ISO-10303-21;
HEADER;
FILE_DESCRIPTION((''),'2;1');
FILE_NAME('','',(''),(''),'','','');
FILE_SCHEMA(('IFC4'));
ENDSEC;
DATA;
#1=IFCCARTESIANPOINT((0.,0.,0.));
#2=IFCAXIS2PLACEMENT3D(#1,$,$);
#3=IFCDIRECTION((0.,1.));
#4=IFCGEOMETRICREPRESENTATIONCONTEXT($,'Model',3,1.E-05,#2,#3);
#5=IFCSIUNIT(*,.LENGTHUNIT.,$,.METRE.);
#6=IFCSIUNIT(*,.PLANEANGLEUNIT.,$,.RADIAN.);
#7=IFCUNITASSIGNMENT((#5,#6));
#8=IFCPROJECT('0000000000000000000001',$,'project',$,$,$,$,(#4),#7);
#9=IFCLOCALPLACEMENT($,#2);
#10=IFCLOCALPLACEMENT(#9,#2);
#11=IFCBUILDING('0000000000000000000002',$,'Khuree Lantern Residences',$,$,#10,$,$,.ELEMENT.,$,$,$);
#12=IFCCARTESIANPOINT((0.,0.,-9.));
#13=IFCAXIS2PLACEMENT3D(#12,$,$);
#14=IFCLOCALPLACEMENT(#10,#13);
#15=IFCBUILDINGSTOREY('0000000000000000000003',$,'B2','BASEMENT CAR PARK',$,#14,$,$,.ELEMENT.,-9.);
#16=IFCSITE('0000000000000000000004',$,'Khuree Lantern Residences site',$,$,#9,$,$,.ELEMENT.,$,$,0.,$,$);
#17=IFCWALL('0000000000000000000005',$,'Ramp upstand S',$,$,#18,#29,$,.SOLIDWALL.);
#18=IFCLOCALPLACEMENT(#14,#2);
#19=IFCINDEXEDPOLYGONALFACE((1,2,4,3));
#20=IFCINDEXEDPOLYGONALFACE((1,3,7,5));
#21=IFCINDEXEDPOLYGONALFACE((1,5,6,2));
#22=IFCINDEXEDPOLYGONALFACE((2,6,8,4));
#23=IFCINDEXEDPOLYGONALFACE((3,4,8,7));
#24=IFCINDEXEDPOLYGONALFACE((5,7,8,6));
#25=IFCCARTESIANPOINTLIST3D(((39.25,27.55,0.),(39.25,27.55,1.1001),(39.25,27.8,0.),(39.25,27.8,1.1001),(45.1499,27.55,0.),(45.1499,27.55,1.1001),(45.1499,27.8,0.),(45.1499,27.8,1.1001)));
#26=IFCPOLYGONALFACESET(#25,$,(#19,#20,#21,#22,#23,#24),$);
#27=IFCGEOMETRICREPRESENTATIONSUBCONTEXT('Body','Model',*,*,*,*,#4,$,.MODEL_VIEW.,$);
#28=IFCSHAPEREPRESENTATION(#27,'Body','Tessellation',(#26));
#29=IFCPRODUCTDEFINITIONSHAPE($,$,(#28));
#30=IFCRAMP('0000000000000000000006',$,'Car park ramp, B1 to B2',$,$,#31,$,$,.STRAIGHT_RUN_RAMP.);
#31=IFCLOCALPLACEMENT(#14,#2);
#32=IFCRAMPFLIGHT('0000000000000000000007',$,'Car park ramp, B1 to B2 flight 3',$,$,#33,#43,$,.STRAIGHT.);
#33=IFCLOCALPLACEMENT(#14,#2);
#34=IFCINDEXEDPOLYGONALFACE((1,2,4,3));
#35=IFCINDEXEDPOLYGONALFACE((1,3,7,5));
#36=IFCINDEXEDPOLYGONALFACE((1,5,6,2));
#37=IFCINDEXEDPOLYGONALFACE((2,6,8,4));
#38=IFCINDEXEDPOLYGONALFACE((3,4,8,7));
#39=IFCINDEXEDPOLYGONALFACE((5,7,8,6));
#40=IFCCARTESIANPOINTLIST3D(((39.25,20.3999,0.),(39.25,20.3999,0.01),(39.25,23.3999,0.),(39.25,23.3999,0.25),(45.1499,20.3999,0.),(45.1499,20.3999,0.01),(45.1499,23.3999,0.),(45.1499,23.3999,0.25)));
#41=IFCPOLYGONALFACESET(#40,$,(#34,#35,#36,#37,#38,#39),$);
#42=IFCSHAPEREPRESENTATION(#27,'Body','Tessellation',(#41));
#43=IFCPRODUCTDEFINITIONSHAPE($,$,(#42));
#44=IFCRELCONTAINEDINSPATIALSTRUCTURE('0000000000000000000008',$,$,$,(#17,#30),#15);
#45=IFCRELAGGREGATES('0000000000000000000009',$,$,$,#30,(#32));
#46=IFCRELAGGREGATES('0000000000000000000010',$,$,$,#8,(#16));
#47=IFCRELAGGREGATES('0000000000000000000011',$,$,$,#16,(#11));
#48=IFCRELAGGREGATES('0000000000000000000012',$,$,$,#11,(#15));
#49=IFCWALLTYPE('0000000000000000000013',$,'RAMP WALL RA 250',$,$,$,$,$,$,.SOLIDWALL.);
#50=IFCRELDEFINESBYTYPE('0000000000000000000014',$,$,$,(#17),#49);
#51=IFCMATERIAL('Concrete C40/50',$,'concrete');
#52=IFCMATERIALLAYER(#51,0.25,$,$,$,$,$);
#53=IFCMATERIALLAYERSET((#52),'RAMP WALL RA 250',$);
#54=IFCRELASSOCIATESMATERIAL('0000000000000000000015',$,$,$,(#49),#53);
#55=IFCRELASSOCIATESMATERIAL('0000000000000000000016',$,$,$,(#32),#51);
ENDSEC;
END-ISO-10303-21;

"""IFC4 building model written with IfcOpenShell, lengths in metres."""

from ifc_helpers import new_model, si_unit, direction, frame, frame_2d, origin, place, context, subcontext, project, spatial, polyline, rectangle, outline, extrude, material, layer, layer_set, type_object, element, aggregate, save


model = new_model("IFC4")

# Units and contexts
model_context = context("Model", 3, precision=1e-05, world=origin(), true_north=direction((0.0, 1.0)))
body_context = subcontext(model_context, "Body", "Model", "MODEL_VIEW")
ifc_project = project(units=[si_unit("LENGTHUNIT", "METRE"), si_unit("PLANEANGLEUNIT", "RADIAN")], contexts=[model_context])

# Site, building, storey
site_placement = place(None, origin())
site = spatial("IfcSite", under=ifc_project, at=site_placement, Name="Khuree Lantern Residences site", CompositionType="ELEMENT", RefElevation=0.0)
building_placement = place(site_placement, origin())
building = spatial("IfcBuilding", under=site, at=building_placement, Name="Khuree Lantern Residences", CompositionType="ELEMENT")
storey_placement = place(building_placement, frame((0.0, 0.0, -9.0)))
storey = spatial("IfcBuildingStorey", under=building, at=storey_placement, Name="B2", Description="BASEMENT CAR PARK", CompositionType="ELEMENT", Elevation=-9.0)

# Shared definitions
ifc_material_1 = material(Name="Concrete C40/50", Category="concrete")

# Wall
ifc_layer = layer(ifc_material_1, 0.25)
ifc_layer_set = layer_set([ifc_layer], Name="RAMP WALL RA 250")
wall_type = type_object("IfcWallType", Name="RAMP WALL RA 250", PredefinedType="SOLIDWALL", material=ifc_layer_set)
wall_placement = place(storey_placement, frame((39.25, 27.675, 0.0), z_axis=(0.0, 0.0, 1.0), x_axis=(1.0, 0.0, 0.0)))
element("IfcWall", 1, at=wall_placement, inside=storey, type_object=wall_type, Name="Ramp upstand S", PredefinedType="SOLIDWALL", context=body_context, shape_type="SweptSolid", body=[
    extrude(rectangle(XDim=5.8999, YDim=0.25, at=frame_2d((2.95, 0.0))), origin(), (0.0, 0.0, 1.0), 1.1001),
])

# Ramp, ramp flight
ramp_placement = place(storey_placement, origin())
ramp = element("IfcRamp", 2, at=ramp_placement, inside=storey, Name="Car park ramp, B1 to B2", PredefinedType="STRAIGHT_RUN_RAMP")
ramp_flight_placement = place(storey_placement, frame((42.2, 23.3999, 0.0), z_axis=(0.0, 0.0, 1.0), x_axis=(0.0, -1.0, 0.0)))
ramp_flight = element("IfcRampFlight", 3, at=ramp_flight_placement, material=ifc_material_1, Name="Car park ramp, B1 to B2 flight 3", PredefinedType="STRAIGHT", context=body_context, shape_type="SweptSolid", body=[
    extrude(outline(polyline([(0.0, 0.0), (3.0, 0.0), (3.0, 0.01), (0.0, 0.25), (0.0, 0.0)])), frame((0.0, 2.95, 0.0), z_axis=(0.0, -1.0, 0.0), x_axis=(1.0, 0.0, 0.0)), (0.0, 0.0, 1.0), 5.8999),
])
aggregate(ramp, [ramp_flight])

save(model, "model.ifc")
